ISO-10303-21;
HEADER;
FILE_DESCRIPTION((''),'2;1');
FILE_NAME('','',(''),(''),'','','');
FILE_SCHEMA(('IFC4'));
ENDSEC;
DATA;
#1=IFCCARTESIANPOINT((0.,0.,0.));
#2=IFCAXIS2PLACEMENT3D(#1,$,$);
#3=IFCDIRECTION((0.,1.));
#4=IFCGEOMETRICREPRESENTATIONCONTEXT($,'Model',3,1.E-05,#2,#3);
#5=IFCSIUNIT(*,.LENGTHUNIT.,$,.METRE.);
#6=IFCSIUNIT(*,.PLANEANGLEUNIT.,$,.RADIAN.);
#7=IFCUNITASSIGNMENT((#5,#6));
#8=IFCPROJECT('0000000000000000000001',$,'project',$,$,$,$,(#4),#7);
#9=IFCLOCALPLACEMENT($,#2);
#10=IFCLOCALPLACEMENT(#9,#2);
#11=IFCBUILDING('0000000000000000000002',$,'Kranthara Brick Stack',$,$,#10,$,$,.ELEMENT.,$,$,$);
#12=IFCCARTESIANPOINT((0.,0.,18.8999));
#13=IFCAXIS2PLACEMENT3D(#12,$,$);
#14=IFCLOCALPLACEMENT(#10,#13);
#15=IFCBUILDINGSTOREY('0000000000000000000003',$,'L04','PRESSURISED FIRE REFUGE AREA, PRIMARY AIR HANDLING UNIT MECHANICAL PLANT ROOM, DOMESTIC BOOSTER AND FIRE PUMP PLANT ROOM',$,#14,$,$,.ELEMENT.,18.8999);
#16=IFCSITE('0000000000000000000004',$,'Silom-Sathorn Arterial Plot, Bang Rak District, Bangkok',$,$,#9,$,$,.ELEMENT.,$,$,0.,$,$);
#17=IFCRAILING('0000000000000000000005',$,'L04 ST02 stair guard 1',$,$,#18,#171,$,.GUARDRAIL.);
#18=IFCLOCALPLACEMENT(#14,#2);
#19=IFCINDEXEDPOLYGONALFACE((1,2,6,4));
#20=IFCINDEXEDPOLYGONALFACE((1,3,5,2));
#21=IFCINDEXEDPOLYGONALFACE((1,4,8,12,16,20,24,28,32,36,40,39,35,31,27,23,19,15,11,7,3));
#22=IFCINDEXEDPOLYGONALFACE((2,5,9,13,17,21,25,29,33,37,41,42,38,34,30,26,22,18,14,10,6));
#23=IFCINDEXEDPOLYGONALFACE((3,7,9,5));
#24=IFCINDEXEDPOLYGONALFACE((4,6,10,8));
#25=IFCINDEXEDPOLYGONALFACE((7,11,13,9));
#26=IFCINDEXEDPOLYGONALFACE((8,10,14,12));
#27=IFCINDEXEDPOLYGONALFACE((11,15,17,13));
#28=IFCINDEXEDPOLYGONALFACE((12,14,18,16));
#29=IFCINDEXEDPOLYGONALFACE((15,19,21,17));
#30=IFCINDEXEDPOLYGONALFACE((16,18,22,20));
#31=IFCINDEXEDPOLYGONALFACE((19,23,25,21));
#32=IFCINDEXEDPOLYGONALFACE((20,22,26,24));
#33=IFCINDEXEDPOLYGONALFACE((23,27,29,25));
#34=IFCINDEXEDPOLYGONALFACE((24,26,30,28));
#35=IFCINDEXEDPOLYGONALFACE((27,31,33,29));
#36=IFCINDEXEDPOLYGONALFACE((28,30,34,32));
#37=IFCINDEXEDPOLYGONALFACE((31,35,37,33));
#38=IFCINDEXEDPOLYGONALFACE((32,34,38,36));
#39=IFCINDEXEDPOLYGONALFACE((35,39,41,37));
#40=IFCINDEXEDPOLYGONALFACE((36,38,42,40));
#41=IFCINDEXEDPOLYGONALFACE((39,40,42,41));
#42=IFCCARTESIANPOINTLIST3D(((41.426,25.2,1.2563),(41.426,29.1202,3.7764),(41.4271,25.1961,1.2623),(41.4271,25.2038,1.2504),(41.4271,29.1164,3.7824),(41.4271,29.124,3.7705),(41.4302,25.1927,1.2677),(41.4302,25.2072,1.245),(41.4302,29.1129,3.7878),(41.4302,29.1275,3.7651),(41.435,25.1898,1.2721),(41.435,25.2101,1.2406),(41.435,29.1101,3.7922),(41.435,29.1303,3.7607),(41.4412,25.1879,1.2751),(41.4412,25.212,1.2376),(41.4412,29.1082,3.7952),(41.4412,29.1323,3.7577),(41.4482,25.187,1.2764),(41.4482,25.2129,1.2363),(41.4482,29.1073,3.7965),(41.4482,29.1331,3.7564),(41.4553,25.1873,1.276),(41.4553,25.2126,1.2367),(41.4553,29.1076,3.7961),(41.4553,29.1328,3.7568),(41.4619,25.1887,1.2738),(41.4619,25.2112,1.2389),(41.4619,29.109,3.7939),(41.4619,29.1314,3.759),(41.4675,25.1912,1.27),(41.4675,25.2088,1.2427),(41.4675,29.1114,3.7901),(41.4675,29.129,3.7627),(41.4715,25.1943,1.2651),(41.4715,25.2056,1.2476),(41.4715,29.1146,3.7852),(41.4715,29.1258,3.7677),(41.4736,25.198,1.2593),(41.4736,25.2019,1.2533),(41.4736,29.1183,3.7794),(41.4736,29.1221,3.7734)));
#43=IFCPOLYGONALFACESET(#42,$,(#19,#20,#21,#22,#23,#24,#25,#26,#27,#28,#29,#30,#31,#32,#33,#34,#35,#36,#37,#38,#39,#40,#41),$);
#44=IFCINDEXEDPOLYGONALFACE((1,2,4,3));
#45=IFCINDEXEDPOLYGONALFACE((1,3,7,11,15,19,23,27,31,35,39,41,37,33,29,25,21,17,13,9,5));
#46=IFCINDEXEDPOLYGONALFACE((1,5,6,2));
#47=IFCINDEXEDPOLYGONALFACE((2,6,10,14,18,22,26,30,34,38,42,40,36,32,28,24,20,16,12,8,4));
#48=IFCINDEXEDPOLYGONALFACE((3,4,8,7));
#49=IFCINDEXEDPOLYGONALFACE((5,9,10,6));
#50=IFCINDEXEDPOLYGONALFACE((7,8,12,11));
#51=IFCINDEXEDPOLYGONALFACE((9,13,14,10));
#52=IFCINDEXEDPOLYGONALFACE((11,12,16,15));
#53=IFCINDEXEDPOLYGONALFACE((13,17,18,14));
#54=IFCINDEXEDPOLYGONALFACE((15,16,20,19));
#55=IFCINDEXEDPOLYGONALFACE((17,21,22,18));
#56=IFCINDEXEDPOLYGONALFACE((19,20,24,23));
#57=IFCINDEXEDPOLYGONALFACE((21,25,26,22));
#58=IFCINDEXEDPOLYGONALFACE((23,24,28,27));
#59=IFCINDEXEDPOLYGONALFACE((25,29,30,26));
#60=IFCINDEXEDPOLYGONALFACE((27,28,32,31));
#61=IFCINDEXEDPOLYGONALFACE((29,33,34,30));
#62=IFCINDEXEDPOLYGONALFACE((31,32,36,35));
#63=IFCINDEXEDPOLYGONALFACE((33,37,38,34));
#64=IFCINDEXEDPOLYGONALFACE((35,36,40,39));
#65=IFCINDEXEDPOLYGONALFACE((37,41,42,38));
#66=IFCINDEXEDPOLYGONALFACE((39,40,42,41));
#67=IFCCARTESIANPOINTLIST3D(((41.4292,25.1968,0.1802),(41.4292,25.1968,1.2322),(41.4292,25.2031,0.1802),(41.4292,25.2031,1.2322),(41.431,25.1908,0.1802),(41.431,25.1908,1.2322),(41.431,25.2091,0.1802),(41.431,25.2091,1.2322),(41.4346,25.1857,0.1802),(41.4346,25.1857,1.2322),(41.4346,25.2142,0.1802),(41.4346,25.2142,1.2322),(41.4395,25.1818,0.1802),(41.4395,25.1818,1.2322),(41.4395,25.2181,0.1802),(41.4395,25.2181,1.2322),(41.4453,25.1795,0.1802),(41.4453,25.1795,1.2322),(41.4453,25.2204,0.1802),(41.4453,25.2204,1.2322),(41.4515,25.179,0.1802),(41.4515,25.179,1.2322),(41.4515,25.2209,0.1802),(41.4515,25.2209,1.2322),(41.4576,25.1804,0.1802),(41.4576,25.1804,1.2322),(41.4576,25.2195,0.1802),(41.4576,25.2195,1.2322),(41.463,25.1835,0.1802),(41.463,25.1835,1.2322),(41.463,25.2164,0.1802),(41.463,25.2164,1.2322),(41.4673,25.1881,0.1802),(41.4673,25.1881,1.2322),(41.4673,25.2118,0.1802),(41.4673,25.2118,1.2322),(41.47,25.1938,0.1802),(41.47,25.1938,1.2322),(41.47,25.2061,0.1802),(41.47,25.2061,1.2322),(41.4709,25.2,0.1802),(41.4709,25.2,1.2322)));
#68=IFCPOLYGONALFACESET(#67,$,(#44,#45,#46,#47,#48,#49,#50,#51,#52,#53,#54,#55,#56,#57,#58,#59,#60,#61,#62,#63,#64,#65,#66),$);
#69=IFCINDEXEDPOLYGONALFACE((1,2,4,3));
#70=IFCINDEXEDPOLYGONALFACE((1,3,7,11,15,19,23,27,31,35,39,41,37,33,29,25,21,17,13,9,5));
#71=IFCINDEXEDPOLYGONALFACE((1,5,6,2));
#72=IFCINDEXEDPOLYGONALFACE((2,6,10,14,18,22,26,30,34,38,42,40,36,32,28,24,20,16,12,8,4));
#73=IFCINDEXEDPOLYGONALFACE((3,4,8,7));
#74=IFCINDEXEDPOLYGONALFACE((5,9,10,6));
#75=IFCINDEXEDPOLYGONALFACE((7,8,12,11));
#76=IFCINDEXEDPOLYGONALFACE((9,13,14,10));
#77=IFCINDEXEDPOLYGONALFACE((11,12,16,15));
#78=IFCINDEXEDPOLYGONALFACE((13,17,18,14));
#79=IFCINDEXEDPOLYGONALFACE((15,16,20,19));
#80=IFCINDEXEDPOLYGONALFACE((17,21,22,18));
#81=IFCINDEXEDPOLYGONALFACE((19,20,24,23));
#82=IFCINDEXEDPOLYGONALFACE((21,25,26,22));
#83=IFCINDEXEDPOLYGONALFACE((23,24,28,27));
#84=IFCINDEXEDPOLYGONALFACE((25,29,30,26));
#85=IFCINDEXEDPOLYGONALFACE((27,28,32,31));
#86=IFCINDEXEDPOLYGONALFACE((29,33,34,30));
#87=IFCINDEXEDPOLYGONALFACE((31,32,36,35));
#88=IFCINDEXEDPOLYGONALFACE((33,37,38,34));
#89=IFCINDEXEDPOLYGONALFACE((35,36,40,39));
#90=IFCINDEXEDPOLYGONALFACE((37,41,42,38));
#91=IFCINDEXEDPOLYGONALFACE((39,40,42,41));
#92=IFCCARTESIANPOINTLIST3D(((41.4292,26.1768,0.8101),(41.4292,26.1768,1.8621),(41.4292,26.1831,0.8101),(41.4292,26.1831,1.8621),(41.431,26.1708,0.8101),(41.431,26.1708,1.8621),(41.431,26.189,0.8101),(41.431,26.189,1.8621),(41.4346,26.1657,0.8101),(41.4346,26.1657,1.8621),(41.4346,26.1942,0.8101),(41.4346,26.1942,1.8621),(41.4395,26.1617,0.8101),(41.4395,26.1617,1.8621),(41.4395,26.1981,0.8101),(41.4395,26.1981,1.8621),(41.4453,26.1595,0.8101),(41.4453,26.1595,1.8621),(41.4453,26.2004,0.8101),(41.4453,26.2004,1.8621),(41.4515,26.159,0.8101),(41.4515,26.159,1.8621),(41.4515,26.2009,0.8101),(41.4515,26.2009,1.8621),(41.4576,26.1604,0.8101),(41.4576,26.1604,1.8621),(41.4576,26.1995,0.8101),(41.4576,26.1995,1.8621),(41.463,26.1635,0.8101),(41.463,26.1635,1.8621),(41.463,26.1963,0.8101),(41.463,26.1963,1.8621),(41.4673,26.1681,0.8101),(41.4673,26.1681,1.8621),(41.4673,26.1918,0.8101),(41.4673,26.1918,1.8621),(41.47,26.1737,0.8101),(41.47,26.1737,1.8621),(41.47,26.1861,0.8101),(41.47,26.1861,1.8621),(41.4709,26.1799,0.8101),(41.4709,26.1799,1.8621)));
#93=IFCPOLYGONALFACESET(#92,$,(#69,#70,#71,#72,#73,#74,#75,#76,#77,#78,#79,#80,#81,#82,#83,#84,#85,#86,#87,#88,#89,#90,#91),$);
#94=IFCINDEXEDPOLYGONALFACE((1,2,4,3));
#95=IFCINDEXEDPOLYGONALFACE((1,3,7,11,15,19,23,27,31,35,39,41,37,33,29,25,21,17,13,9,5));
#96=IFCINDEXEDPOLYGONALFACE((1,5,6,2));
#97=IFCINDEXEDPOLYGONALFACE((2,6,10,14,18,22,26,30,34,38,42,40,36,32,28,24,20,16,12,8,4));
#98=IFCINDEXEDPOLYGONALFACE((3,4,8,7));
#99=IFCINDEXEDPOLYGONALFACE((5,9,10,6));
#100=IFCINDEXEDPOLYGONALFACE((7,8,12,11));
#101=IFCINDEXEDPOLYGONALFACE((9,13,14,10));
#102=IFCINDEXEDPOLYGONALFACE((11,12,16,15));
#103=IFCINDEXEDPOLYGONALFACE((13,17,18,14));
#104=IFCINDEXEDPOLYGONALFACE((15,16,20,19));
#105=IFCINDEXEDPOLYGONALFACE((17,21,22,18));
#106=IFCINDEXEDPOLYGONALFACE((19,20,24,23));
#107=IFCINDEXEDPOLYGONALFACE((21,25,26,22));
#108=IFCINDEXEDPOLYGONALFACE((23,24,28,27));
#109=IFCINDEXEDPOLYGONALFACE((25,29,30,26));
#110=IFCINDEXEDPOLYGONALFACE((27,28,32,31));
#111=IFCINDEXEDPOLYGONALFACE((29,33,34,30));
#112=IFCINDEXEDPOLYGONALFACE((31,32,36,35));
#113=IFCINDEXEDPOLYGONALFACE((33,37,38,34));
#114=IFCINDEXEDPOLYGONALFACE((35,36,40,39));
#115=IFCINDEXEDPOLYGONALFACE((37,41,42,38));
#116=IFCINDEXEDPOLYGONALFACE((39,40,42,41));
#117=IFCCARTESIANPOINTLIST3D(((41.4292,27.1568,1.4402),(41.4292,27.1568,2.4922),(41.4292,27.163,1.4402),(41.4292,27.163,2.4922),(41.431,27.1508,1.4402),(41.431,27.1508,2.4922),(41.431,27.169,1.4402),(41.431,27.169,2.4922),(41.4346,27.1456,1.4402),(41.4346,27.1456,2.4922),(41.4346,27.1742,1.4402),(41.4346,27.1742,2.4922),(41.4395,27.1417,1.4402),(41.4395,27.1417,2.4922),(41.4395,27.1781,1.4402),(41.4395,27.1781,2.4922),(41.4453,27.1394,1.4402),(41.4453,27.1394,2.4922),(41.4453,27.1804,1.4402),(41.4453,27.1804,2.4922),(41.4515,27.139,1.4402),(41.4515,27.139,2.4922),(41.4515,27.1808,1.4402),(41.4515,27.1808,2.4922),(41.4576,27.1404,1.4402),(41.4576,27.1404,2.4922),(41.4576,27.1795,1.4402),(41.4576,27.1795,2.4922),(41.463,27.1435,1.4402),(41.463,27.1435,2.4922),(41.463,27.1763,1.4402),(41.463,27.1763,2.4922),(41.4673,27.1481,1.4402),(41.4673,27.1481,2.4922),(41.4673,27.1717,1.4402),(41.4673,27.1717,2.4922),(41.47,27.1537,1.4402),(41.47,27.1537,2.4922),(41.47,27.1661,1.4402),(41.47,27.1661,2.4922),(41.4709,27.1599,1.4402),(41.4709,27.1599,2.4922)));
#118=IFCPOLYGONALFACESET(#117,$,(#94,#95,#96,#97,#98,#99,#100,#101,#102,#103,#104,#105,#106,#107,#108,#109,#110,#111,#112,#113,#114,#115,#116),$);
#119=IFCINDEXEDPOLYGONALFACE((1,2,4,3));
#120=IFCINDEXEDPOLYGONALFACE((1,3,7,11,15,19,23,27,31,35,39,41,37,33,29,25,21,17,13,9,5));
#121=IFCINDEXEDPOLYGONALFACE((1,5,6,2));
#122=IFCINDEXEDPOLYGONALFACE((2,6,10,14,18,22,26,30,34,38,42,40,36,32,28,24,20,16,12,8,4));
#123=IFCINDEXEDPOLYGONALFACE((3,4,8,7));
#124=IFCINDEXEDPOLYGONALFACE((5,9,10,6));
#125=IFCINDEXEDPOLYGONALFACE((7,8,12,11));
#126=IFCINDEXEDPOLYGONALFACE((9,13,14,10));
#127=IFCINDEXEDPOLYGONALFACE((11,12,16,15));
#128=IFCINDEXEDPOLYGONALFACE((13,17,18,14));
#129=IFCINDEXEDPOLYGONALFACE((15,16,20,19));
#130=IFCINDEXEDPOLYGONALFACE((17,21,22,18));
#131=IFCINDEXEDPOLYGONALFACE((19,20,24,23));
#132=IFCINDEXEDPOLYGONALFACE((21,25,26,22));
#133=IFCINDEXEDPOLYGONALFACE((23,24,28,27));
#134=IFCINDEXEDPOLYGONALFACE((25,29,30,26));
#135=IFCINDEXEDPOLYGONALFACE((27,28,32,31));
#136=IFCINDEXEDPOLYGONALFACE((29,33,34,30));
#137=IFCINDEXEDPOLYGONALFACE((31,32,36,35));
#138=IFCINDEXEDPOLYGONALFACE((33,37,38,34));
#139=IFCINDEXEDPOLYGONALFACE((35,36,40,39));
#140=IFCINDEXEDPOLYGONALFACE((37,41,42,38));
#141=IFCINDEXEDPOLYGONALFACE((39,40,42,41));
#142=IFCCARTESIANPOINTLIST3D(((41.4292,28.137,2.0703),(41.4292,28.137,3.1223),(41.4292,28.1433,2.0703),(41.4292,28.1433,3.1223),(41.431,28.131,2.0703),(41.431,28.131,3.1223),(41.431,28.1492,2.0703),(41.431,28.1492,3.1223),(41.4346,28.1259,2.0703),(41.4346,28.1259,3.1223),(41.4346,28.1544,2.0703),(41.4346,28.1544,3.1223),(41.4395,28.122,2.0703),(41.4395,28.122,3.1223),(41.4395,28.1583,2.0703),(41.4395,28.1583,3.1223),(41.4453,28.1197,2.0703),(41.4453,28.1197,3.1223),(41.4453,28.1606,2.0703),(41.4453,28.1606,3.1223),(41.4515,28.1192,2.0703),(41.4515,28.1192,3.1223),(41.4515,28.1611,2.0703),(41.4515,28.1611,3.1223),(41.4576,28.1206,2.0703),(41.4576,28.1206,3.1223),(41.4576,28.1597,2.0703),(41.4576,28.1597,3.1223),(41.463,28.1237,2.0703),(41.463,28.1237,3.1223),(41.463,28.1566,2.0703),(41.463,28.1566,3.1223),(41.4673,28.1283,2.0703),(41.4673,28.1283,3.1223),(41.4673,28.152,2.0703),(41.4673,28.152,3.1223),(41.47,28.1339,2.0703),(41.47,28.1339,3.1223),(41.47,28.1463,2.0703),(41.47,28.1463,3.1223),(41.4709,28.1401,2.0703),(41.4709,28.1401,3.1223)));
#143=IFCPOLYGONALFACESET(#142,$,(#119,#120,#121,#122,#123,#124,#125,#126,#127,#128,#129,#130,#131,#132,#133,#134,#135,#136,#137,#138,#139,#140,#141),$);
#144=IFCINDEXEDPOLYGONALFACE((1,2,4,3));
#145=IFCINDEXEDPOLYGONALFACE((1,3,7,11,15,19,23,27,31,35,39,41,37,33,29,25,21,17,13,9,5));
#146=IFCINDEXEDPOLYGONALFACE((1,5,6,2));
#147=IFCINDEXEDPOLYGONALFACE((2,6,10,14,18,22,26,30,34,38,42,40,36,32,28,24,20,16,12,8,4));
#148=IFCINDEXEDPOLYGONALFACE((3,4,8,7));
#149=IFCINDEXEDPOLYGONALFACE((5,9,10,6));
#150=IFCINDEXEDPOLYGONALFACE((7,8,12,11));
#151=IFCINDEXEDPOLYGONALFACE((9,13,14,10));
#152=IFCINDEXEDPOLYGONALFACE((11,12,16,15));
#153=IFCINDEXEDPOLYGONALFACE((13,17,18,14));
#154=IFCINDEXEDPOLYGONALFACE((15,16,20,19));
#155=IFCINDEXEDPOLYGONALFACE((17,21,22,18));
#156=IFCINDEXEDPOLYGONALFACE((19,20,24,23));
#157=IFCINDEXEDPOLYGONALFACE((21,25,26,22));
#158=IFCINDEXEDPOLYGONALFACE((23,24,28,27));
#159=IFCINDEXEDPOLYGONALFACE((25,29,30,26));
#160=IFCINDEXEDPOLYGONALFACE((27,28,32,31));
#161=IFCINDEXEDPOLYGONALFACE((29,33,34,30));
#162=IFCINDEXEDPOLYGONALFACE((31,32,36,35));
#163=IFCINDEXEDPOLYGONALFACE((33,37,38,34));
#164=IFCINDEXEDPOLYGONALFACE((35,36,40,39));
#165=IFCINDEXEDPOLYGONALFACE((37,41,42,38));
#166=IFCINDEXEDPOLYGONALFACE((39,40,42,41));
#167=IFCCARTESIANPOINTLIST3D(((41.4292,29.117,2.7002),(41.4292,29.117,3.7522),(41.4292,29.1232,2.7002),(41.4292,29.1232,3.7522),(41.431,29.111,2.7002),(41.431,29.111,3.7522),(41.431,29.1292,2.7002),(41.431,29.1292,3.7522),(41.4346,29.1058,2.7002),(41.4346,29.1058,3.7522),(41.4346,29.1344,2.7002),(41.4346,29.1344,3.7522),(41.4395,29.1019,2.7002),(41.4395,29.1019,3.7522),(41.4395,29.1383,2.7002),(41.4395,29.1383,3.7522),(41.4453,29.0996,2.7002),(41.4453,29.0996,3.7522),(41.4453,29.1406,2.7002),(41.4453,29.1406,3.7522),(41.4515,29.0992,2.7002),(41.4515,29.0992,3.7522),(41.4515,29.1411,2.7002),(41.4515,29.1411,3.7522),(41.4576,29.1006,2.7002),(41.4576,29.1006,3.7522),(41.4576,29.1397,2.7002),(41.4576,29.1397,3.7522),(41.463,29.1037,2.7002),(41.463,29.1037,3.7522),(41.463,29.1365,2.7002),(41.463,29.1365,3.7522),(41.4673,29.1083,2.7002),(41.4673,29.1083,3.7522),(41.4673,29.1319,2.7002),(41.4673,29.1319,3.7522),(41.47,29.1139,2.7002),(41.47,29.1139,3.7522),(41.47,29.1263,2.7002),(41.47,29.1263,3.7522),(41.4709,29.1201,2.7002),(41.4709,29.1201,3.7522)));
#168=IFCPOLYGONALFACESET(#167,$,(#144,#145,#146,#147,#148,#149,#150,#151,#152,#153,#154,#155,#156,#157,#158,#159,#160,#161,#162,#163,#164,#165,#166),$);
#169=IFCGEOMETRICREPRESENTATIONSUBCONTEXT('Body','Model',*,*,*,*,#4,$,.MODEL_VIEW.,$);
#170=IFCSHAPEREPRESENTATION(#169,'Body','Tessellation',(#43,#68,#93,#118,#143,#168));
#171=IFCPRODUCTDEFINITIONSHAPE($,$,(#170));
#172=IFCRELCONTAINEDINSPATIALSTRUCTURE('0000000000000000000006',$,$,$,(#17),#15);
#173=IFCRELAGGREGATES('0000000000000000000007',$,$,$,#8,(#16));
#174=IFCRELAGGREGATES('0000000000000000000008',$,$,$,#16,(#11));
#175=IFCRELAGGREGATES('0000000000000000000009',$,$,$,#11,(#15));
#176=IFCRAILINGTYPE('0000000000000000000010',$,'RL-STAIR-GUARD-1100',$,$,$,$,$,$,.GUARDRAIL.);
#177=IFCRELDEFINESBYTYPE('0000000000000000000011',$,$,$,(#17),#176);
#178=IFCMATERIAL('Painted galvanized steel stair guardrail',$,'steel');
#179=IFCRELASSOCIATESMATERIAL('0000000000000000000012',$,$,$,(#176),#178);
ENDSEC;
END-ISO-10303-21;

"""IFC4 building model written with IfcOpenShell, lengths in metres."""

from ifc_helpers import new_model, si_unit, direction, frame, origin, origin_2d, place, context, subcontext, project, spatial, circle, extrude, material, type_object, element, save


model = new_model("IFC4")

# Units and contexts
model_context = context("Model", 3, precision=1e-05, world=origin(), true_north=direction((0.0, 1.0)))
body_context = subcontext(model_context, "Body", "Model", "MODEL_VIEW")
ifc_project = project(units=[si_unit("LENGTHUNIT", "METRE"), si_unit("PLANEANGLEUNIT", "RADIAN")], contexts=[model_context])

# Site, building, storey
site_placement = place(None, origin())
site = spatial("IfcSite", under=ifc_project, at=site_placement, Name="Silom-Sathorn Arterial Plot, Bang Rak District, Bangkok", CompositionType="ELEMENT", RefElevation=0.0)
building_placement = place(site_placement, origin())
building = spatial("IfcBuilding", under=site, at=building_placement, Name="Kranthara Brick Stack", CompositionType="ELEMENT")
storey_placement = place(building_placement, frame((0.0, 0.0, 18.8999)))
storey = spatial("IfcBuildingStorey", under=building, at=storey_placement, Name="L04", Description="PRESSURISED FIRE REFUGE AREA, PRIMARY AIR HANDLING UNIT MECHANICAL PLANT ROOM, DOMESTIC BOOSTER AND FIRE PUMP PLANT ROOM", CompositionType="ELEMENT", Elevation=18.8999)

# Railing
ifc_material_1 = material(Name="Painted galvanized steel stair guardrail", Category="steel")
railing_type = type_object("IfcRailingType", Name="RL-STAIR-GUARD-1100", PredefinedType="GUARDRAIL", material=ifc_material_1)
railing_1_placement = place(storey_placement, frame((41.45, 25.2, 0.1802)))
element("IfcRailing", 1, at=railing_1_placement, inside=storey, type_object=railing_type, Name="L04 ST02 stair guard 1", PredefinedType="GUARDRAIL", context=body_context, shape_type="SweptSolid", body=[
    extrude(circle(Radius=0.0239, at=origin_2d()), frame((0.0, 0.0, 1.0762), z_axis=(0.0, 0.841187, 0.540744), x_axis=(-1.0, 0.0, 0.0)), (0.0, 0.0, 1.0), 4.6604),
    extrude(circle(Radius=0.021, at=origin_2d()), origin(), (0.0, 0.0, 1.0), 1.052),
    extrude(circle(Radius=0.021, at=origin_2d()), frame((0.0, 0.98, 0.6299)), (0.0, 0.0, 1.0), 1.052),
    extrude(circle(Radius=0.021, at=origin_2d()), frame((0.0, 1.96, 1.26)), (0.0, 0.0, 1.0), 1.052),
    extrude(circle(Radius=0.021, at=origin_2d()), frame((0.0, 2.9402, 1.8901)), (0.0, 0.0, 1.0), 1.052),
    extrude(circle(Radius=0.021, at=origin_2d()), frame((0.0, 3.9202, 2.52)), (0.0, 0.0, 1.0), 1.052),
])

save(model, "model.ifc")
